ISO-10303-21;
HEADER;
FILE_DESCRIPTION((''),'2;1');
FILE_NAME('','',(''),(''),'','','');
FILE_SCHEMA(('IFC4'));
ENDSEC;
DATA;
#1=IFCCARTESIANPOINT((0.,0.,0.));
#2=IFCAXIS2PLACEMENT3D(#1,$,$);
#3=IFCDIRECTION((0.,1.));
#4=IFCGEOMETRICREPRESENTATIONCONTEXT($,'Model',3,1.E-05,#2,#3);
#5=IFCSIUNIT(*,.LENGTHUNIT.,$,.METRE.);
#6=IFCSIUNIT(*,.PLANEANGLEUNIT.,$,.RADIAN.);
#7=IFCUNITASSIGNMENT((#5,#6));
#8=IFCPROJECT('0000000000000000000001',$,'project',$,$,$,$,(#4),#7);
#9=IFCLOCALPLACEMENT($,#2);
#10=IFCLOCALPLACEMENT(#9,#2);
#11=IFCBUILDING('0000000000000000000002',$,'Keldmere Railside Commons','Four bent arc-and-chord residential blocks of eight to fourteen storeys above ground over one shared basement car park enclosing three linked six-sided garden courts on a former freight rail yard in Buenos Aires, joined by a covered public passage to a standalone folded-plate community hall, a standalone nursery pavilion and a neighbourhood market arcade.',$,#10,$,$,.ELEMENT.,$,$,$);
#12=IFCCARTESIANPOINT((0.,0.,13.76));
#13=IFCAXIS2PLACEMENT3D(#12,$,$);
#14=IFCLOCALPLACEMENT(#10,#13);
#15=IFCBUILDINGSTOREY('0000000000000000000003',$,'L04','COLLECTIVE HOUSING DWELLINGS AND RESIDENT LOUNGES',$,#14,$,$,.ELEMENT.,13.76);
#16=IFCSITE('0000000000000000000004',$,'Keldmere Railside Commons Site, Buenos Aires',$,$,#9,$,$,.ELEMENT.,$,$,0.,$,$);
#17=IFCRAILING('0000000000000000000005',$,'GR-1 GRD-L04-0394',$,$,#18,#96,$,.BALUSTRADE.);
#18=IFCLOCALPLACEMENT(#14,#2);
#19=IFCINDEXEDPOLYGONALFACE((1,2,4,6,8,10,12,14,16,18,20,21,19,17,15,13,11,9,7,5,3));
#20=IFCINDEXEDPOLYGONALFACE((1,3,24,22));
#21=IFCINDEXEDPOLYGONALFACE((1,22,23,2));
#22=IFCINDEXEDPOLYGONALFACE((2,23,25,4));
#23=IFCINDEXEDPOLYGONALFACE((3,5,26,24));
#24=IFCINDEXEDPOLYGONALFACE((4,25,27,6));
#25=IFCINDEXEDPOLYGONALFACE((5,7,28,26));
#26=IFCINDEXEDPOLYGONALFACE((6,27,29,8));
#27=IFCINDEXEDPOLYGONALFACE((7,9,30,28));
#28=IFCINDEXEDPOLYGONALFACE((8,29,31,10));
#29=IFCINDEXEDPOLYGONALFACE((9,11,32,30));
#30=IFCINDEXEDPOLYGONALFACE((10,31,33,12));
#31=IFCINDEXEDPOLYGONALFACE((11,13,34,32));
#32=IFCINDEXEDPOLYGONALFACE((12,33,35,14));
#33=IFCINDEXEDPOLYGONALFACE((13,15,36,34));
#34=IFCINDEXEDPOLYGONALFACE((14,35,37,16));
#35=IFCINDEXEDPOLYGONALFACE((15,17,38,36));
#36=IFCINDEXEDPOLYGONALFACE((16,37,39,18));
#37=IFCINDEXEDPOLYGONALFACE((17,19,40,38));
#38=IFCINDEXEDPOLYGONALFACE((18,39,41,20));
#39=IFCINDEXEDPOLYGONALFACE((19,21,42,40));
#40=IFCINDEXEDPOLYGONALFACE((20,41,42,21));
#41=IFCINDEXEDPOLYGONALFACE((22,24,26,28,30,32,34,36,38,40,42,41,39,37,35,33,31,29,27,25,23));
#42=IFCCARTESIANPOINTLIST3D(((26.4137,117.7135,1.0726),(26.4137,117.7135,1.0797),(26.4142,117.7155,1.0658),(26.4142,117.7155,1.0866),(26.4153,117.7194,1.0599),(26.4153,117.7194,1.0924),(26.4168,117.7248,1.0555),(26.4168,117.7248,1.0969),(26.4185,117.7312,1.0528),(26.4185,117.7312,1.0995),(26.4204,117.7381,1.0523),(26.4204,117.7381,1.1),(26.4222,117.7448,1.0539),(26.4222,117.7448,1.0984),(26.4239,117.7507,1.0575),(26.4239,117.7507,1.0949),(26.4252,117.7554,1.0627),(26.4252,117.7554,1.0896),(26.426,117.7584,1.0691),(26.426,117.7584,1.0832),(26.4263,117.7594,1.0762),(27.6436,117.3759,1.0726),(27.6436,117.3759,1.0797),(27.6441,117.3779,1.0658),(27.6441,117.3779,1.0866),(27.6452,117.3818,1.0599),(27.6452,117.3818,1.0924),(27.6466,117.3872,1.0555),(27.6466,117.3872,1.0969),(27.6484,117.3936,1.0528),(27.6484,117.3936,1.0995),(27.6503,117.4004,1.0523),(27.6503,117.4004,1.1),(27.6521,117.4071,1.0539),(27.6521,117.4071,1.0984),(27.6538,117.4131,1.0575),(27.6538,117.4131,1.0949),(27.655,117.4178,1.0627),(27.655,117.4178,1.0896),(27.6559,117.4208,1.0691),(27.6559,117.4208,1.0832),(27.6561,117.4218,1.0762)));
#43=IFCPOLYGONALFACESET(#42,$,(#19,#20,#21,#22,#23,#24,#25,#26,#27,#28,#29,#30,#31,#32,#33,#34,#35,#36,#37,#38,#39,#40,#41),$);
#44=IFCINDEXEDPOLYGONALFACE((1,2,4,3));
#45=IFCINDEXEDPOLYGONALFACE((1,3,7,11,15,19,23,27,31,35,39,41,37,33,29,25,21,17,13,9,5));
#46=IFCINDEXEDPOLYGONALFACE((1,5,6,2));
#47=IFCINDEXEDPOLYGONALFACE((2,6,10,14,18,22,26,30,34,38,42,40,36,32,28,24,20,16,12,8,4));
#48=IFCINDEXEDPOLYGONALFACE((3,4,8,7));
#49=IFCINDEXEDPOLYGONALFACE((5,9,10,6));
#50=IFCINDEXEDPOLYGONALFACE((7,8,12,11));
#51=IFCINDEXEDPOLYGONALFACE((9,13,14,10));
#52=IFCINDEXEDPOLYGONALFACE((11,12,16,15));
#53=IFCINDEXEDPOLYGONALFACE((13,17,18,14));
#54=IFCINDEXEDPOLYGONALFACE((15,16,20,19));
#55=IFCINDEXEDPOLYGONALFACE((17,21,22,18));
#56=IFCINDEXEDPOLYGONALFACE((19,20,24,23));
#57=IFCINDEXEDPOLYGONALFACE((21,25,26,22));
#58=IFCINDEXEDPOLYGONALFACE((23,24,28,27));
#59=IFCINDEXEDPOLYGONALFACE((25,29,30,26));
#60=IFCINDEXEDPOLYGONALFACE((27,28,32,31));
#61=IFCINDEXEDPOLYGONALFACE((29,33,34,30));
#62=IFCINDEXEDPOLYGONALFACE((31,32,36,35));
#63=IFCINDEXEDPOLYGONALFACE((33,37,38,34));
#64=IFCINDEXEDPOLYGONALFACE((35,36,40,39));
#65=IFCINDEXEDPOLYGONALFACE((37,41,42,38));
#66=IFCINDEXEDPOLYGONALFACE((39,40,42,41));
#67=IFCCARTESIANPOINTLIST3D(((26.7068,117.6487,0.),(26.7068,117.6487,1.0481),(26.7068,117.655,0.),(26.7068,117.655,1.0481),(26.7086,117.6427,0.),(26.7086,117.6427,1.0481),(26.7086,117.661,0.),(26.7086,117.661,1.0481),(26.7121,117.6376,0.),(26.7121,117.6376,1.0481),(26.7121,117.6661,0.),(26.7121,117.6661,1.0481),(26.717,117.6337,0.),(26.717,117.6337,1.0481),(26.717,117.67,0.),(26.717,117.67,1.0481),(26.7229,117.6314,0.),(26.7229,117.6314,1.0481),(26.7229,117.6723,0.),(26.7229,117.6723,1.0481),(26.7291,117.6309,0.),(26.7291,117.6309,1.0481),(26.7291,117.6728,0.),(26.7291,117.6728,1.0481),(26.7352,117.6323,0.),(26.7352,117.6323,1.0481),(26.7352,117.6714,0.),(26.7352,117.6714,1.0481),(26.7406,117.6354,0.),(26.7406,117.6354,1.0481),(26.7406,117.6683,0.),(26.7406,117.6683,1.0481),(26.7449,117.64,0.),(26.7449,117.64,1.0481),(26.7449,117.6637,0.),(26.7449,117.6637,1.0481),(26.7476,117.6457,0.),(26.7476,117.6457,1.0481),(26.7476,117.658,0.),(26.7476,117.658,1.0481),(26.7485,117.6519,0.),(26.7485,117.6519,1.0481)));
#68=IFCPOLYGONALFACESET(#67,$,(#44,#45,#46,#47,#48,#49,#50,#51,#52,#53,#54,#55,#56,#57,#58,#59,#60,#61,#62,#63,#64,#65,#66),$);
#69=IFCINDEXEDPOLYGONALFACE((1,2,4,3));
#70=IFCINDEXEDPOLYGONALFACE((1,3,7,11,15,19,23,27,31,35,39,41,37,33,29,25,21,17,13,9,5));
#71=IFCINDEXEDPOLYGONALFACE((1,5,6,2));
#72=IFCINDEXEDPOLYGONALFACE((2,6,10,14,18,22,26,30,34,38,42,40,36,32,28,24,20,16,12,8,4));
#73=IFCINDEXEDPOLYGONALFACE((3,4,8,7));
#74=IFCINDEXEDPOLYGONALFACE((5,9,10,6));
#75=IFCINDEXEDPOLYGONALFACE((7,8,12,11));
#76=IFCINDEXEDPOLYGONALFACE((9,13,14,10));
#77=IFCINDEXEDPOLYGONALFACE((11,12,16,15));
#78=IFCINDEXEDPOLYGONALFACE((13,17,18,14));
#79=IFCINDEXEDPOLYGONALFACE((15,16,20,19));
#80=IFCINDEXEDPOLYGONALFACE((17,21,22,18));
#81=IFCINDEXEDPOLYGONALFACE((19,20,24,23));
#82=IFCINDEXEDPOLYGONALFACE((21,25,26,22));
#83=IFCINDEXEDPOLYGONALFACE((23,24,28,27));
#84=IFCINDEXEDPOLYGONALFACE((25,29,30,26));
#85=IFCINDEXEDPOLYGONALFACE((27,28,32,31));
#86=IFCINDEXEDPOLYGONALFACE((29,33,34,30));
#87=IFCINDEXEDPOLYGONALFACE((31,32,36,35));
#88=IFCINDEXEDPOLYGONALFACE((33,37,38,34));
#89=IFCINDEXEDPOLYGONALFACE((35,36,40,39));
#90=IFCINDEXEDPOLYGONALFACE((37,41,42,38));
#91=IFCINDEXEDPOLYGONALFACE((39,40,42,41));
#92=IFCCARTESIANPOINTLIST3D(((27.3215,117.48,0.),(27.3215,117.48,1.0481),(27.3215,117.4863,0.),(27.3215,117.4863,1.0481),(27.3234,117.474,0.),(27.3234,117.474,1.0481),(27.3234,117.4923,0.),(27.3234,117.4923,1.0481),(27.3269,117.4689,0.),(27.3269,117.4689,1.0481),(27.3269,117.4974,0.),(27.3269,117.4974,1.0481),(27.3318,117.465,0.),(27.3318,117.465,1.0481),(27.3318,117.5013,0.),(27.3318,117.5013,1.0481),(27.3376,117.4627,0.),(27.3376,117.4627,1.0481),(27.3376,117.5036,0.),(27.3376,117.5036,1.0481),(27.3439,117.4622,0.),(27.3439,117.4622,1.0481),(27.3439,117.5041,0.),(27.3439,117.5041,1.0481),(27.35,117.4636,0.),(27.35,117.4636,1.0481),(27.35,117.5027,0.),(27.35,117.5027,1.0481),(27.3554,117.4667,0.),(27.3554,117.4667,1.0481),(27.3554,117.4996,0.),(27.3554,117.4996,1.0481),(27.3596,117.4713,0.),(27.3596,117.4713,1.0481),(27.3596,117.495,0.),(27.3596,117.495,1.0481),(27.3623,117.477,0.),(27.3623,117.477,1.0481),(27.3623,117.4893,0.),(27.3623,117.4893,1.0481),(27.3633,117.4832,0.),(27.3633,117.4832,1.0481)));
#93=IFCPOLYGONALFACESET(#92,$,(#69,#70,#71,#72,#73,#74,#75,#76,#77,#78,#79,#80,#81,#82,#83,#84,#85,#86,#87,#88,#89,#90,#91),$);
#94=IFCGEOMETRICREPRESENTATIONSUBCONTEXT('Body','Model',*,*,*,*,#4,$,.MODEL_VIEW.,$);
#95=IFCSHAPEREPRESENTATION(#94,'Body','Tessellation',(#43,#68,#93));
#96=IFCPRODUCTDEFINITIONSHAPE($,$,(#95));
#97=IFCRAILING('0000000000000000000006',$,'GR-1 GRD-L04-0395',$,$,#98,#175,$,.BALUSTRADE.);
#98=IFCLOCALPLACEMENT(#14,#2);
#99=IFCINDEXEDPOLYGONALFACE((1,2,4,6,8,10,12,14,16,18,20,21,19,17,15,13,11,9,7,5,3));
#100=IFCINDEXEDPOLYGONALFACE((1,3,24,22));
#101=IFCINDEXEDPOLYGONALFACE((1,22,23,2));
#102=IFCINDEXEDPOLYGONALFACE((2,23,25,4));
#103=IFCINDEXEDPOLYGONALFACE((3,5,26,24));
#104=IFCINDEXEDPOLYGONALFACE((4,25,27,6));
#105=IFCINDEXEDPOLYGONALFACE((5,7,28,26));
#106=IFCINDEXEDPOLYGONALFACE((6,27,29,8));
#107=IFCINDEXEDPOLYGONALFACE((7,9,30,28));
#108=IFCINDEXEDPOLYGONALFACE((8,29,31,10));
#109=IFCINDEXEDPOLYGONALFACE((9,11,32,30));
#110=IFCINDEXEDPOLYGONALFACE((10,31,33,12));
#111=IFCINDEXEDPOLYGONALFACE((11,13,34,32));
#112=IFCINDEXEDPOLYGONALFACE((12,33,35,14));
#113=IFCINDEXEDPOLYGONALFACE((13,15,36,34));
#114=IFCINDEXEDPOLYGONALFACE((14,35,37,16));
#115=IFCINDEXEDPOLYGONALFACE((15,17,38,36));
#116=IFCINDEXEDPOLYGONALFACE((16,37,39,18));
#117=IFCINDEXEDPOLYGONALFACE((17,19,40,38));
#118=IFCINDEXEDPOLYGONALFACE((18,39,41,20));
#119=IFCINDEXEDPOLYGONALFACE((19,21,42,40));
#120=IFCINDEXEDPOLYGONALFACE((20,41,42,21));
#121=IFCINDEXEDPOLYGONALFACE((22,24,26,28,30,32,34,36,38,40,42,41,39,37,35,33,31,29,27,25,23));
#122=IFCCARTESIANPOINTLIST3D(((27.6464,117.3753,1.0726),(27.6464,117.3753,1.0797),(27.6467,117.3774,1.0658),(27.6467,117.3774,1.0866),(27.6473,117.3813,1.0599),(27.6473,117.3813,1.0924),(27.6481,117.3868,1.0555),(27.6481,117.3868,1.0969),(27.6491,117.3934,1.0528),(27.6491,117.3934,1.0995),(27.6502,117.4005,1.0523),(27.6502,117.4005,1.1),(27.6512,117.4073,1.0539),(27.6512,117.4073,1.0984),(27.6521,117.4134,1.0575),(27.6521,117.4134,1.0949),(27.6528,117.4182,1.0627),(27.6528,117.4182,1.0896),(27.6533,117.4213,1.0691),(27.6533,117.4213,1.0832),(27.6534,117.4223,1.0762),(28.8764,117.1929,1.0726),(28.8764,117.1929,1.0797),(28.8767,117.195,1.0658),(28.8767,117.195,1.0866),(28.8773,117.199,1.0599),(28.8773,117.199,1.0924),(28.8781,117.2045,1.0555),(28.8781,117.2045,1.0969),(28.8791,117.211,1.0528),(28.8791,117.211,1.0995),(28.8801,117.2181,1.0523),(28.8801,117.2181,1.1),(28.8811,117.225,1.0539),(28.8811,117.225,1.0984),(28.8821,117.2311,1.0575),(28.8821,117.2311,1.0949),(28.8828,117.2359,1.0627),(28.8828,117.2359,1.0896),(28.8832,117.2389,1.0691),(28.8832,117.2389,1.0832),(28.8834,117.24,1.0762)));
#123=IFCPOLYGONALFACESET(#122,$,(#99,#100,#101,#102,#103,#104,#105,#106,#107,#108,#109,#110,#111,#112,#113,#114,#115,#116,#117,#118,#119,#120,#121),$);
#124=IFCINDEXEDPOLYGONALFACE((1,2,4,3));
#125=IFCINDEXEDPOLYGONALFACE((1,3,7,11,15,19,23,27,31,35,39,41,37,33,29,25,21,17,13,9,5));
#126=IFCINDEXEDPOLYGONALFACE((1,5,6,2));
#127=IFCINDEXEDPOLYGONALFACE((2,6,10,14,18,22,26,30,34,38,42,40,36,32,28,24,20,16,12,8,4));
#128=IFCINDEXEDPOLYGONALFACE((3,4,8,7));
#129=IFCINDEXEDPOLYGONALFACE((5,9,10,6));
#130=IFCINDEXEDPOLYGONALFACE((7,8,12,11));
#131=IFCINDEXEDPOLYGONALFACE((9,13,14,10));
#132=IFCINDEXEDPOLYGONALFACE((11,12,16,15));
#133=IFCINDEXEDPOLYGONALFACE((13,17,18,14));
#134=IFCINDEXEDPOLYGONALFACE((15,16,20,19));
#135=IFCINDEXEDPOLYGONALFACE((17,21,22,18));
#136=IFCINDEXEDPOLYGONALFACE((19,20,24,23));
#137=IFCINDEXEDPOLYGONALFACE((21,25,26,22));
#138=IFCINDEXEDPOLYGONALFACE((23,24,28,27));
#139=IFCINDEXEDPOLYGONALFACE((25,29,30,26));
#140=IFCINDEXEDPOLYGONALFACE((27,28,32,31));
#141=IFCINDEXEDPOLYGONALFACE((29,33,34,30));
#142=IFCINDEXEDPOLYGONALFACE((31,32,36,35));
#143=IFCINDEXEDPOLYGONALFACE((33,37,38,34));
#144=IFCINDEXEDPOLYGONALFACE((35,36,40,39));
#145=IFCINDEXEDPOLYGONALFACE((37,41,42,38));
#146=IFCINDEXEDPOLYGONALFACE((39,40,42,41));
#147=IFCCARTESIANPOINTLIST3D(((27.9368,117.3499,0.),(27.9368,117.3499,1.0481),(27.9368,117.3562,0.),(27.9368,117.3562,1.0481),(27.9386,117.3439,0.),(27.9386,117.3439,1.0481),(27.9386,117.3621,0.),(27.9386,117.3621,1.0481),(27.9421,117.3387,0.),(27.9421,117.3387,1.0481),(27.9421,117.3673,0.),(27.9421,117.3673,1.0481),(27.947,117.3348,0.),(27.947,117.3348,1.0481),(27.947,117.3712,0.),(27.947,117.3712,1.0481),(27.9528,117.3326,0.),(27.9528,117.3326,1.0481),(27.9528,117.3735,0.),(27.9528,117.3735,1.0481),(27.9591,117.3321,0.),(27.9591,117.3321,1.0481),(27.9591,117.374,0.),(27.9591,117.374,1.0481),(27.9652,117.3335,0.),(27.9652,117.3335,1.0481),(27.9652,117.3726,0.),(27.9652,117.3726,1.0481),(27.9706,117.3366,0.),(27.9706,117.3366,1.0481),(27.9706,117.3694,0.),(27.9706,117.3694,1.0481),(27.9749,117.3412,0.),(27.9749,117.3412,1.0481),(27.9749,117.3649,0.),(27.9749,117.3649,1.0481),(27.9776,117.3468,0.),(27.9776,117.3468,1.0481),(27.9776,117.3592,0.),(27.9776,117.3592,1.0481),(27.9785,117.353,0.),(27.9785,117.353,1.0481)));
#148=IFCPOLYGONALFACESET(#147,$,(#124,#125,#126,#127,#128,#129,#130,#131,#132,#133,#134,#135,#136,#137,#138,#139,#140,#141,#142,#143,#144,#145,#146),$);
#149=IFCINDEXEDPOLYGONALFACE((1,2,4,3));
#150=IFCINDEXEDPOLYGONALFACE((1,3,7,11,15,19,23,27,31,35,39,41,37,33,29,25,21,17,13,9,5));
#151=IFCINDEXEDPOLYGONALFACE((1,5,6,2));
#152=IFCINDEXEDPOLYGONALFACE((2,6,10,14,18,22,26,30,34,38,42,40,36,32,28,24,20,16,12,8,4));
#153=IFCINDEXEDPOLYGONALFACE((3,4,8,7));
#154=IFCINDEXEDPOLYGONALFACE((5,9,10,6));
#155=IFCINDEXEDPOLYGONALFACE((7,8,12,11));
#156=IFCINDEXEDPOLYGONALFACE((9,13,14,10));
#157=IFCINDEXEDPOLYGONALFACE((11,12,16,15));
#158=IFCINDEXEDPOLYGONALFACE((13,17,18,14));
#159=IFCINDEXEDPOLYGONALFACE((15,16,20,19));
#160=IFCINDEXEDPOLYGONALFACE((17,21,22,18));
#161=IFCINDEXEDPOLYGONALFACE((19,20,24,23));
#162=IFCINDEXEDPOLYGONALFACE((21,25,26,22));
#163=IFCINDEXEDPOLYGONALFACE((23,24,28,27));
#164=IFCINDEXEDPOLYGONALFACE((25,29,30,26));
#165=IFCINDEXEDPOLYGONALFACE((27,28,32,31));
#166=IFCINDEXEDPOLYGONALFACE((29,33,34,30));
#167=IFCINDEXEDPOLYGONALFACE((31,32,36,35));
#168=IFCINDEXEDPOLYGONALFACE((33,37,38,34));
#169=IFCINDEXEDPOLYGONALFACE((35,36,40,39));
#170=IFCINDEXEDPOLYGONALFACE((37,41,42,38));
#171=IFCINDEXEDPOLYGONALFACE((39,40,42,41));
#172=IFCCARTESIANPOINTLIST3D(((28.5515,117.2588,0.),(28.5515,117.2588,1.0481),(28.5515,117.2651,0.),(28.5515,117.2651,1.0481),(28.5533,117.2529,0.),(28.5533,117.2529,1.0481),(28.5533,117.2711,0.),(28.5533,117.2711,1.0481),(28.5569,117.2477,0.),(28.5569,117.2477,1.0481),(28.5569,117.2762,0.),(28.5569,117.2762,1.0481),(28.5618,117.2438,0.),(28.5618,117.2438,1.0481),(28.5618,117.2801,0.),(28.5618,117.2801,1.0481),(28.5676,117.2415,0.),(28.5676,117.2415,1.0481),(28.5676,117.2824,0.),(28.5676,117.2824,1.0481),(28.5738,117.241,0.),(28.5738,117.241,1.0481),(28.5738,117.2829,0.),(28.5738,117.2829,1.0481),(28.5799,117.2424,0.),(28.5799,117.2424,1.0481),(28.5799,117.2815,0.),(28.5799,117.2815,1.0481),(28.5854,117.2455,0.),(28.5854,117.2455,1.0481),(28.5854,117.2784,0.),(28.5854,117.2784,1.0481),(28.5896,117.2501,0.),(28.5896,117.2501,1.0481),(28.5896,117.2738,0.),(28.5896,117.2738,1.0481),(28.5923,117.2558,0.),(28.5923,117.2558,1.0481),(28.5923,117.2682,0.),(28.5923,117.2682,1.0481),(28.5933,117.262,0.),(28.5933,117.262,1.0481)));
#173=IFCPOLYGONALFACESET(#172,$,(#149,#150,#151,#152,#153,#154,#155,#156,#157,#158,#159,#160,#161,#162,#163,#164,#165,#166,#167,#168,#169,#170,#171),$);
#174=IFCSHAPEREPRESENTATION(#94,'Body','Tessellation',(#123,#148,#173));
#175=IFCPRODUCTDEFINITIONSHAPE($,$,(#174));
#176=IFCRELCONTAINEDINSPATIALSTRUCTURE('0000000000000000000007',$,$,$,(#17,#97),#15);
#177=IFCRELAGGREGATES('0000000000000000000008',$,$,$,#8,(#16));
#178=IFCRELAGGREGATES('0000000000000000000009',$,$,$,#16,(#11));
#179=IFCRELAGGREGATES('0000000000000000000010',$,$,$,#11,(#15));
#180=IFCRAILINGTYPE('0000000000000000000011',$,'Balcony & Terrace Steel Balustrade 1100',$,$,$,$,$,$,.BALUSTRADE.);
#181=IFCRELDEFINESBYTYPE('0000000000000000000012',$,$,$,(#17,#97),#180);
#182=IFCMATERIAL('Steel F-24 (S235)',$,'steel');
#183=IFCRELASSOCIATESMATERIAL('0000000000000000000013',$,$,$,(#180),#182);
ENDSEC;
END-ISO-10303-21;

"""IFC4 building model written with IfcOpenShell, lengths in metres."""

from ifc_helpers import new_model, si_unit, direction, frame, origin, origin_2d, place, context, subcontext, project, spatial, circle, extrude, material, type_object, element, save


model = new_model("IFC4")

# Units and contexts
model_context = context("Model", 3, precision=1e-05, world=origin(), true_north=direction((0.0, 1.0)))
body_context = subcontext(model_context, "Body", "Model", "MODEL_VIEW")
ifc_project = project(units=[si_unit("LENGTHUNIT", "METRE"), si_unit("PLANEANGLEUNIT", "RADIAN")], contexts=[model_context])

# Site, building, storey
site_placement = place(None, origin())
site = spatial("IfcSite", under=ifc_project, at=site_placement, Name="Keldmere Railside Commons Site, Buenos Aires", CompositionType="ELEMENT", RefElevation=0.0)
building_placement = place(site_placement, origin())
building = spatial("IfcBuilding", under=site, at=building_placement, Name="Keldmere Railside Commons", Description="Four bent arc-and-chord residential blocks of eight to fourteen storeys above ground over one shared basement car park enclosing three linked six-sided garden courts on a former freight rail yard in Buenos Aires, joined by a covered public passage to a standalone folded-plate community hall, a standalone nursery pavilion and a neighbourhood market arcade.", CompositionType="ELEMENT")
storey_placement = place(building_placement, frame((0.0, 0.0, 13.76)))
storey = spatial("IfcBuildingStorey", under=building, at=storey_placement, Name="L04", Description="COLLECTIVE HOUSING DWELLINGS AND RESIDENT LOUNGES", CompositionType="ELEMENT", Elevation=13.76)

# Shared definitions
ifc_material_1 = material(Name="Steel F-24 (S235)", Category="steel")

# Railings
railing_type = type_object("IfcRailingType", Name="Balcony & Terrace Steel Balustrade 1100", PredefinedType="BALUSTRADE", material=ifc_material_1)
railing_1_placement = place(storey_placement, frame((26.4199, 117.7363, 0.0)))
element("IfcRailing", 1, at=railing_1_placement, inside=storey, type_object=railing_type, Name="GR-1 GRD-L04-0394", PredefinedType="BALUSTRADE", context=body_context, shape_type="SweptSolid", body=[
    extrude(circle(Radius=0.0239, at=origin_2d()), frame((0.0, 0.0, 1.0762), z_axis=(0.964325, -0.26472, 0.0), x_axis=(0.26472, 0.964325, 0.0)), (0.0, 0.0, 1.0), 1.2754),
    extrude(circle(Radius=0.021, at=origin_2d()), frame((0.3076, -0.0845, 0.0)), (0.0, 0.0, 1.0), 1.0481),
    extrude(circle(Radius=0.021, at=origin_2d()), frame((0.9224, -0.2532, 0.0)), (0.0, 0.0, 1.0), 1.0481),
])
railing_2_placement = place(storey_placement, frame((27.6499, 117.3987, 0.0)))
element("IfcRailing", 2, at=railing_2_placement, inside=storey, type_object=railing_type, Name="GR-1 GRD-L04-0395", PredefinedType="BALUSTRADE", context=body_context, shape_type="SweptSolid", body=[
    extrude(circle(Radius=0.0239, at=origin_2d()), frame((0.0, 0.0, 1.0762), z_axis=(0.989186, -0.14667, 0.0), x_axis=(0.14667, 0.989186, 0.0)), (0.0, 0.0, 1.0), 1.2434),
    extrude(circle(Radius=0.021, at=origin_2d()), frame((0.3076, -0.0457, 0.0)), (0.0, 0.0, 1.0), 1.0481),
    extrude(circle(Radius=0.021, at=origin_2d()), frame((0.9224, -0.1367, 0.0)), (0.0, 0.0, 1.0), 1.0481),
])

save(model, "model.ifc")
